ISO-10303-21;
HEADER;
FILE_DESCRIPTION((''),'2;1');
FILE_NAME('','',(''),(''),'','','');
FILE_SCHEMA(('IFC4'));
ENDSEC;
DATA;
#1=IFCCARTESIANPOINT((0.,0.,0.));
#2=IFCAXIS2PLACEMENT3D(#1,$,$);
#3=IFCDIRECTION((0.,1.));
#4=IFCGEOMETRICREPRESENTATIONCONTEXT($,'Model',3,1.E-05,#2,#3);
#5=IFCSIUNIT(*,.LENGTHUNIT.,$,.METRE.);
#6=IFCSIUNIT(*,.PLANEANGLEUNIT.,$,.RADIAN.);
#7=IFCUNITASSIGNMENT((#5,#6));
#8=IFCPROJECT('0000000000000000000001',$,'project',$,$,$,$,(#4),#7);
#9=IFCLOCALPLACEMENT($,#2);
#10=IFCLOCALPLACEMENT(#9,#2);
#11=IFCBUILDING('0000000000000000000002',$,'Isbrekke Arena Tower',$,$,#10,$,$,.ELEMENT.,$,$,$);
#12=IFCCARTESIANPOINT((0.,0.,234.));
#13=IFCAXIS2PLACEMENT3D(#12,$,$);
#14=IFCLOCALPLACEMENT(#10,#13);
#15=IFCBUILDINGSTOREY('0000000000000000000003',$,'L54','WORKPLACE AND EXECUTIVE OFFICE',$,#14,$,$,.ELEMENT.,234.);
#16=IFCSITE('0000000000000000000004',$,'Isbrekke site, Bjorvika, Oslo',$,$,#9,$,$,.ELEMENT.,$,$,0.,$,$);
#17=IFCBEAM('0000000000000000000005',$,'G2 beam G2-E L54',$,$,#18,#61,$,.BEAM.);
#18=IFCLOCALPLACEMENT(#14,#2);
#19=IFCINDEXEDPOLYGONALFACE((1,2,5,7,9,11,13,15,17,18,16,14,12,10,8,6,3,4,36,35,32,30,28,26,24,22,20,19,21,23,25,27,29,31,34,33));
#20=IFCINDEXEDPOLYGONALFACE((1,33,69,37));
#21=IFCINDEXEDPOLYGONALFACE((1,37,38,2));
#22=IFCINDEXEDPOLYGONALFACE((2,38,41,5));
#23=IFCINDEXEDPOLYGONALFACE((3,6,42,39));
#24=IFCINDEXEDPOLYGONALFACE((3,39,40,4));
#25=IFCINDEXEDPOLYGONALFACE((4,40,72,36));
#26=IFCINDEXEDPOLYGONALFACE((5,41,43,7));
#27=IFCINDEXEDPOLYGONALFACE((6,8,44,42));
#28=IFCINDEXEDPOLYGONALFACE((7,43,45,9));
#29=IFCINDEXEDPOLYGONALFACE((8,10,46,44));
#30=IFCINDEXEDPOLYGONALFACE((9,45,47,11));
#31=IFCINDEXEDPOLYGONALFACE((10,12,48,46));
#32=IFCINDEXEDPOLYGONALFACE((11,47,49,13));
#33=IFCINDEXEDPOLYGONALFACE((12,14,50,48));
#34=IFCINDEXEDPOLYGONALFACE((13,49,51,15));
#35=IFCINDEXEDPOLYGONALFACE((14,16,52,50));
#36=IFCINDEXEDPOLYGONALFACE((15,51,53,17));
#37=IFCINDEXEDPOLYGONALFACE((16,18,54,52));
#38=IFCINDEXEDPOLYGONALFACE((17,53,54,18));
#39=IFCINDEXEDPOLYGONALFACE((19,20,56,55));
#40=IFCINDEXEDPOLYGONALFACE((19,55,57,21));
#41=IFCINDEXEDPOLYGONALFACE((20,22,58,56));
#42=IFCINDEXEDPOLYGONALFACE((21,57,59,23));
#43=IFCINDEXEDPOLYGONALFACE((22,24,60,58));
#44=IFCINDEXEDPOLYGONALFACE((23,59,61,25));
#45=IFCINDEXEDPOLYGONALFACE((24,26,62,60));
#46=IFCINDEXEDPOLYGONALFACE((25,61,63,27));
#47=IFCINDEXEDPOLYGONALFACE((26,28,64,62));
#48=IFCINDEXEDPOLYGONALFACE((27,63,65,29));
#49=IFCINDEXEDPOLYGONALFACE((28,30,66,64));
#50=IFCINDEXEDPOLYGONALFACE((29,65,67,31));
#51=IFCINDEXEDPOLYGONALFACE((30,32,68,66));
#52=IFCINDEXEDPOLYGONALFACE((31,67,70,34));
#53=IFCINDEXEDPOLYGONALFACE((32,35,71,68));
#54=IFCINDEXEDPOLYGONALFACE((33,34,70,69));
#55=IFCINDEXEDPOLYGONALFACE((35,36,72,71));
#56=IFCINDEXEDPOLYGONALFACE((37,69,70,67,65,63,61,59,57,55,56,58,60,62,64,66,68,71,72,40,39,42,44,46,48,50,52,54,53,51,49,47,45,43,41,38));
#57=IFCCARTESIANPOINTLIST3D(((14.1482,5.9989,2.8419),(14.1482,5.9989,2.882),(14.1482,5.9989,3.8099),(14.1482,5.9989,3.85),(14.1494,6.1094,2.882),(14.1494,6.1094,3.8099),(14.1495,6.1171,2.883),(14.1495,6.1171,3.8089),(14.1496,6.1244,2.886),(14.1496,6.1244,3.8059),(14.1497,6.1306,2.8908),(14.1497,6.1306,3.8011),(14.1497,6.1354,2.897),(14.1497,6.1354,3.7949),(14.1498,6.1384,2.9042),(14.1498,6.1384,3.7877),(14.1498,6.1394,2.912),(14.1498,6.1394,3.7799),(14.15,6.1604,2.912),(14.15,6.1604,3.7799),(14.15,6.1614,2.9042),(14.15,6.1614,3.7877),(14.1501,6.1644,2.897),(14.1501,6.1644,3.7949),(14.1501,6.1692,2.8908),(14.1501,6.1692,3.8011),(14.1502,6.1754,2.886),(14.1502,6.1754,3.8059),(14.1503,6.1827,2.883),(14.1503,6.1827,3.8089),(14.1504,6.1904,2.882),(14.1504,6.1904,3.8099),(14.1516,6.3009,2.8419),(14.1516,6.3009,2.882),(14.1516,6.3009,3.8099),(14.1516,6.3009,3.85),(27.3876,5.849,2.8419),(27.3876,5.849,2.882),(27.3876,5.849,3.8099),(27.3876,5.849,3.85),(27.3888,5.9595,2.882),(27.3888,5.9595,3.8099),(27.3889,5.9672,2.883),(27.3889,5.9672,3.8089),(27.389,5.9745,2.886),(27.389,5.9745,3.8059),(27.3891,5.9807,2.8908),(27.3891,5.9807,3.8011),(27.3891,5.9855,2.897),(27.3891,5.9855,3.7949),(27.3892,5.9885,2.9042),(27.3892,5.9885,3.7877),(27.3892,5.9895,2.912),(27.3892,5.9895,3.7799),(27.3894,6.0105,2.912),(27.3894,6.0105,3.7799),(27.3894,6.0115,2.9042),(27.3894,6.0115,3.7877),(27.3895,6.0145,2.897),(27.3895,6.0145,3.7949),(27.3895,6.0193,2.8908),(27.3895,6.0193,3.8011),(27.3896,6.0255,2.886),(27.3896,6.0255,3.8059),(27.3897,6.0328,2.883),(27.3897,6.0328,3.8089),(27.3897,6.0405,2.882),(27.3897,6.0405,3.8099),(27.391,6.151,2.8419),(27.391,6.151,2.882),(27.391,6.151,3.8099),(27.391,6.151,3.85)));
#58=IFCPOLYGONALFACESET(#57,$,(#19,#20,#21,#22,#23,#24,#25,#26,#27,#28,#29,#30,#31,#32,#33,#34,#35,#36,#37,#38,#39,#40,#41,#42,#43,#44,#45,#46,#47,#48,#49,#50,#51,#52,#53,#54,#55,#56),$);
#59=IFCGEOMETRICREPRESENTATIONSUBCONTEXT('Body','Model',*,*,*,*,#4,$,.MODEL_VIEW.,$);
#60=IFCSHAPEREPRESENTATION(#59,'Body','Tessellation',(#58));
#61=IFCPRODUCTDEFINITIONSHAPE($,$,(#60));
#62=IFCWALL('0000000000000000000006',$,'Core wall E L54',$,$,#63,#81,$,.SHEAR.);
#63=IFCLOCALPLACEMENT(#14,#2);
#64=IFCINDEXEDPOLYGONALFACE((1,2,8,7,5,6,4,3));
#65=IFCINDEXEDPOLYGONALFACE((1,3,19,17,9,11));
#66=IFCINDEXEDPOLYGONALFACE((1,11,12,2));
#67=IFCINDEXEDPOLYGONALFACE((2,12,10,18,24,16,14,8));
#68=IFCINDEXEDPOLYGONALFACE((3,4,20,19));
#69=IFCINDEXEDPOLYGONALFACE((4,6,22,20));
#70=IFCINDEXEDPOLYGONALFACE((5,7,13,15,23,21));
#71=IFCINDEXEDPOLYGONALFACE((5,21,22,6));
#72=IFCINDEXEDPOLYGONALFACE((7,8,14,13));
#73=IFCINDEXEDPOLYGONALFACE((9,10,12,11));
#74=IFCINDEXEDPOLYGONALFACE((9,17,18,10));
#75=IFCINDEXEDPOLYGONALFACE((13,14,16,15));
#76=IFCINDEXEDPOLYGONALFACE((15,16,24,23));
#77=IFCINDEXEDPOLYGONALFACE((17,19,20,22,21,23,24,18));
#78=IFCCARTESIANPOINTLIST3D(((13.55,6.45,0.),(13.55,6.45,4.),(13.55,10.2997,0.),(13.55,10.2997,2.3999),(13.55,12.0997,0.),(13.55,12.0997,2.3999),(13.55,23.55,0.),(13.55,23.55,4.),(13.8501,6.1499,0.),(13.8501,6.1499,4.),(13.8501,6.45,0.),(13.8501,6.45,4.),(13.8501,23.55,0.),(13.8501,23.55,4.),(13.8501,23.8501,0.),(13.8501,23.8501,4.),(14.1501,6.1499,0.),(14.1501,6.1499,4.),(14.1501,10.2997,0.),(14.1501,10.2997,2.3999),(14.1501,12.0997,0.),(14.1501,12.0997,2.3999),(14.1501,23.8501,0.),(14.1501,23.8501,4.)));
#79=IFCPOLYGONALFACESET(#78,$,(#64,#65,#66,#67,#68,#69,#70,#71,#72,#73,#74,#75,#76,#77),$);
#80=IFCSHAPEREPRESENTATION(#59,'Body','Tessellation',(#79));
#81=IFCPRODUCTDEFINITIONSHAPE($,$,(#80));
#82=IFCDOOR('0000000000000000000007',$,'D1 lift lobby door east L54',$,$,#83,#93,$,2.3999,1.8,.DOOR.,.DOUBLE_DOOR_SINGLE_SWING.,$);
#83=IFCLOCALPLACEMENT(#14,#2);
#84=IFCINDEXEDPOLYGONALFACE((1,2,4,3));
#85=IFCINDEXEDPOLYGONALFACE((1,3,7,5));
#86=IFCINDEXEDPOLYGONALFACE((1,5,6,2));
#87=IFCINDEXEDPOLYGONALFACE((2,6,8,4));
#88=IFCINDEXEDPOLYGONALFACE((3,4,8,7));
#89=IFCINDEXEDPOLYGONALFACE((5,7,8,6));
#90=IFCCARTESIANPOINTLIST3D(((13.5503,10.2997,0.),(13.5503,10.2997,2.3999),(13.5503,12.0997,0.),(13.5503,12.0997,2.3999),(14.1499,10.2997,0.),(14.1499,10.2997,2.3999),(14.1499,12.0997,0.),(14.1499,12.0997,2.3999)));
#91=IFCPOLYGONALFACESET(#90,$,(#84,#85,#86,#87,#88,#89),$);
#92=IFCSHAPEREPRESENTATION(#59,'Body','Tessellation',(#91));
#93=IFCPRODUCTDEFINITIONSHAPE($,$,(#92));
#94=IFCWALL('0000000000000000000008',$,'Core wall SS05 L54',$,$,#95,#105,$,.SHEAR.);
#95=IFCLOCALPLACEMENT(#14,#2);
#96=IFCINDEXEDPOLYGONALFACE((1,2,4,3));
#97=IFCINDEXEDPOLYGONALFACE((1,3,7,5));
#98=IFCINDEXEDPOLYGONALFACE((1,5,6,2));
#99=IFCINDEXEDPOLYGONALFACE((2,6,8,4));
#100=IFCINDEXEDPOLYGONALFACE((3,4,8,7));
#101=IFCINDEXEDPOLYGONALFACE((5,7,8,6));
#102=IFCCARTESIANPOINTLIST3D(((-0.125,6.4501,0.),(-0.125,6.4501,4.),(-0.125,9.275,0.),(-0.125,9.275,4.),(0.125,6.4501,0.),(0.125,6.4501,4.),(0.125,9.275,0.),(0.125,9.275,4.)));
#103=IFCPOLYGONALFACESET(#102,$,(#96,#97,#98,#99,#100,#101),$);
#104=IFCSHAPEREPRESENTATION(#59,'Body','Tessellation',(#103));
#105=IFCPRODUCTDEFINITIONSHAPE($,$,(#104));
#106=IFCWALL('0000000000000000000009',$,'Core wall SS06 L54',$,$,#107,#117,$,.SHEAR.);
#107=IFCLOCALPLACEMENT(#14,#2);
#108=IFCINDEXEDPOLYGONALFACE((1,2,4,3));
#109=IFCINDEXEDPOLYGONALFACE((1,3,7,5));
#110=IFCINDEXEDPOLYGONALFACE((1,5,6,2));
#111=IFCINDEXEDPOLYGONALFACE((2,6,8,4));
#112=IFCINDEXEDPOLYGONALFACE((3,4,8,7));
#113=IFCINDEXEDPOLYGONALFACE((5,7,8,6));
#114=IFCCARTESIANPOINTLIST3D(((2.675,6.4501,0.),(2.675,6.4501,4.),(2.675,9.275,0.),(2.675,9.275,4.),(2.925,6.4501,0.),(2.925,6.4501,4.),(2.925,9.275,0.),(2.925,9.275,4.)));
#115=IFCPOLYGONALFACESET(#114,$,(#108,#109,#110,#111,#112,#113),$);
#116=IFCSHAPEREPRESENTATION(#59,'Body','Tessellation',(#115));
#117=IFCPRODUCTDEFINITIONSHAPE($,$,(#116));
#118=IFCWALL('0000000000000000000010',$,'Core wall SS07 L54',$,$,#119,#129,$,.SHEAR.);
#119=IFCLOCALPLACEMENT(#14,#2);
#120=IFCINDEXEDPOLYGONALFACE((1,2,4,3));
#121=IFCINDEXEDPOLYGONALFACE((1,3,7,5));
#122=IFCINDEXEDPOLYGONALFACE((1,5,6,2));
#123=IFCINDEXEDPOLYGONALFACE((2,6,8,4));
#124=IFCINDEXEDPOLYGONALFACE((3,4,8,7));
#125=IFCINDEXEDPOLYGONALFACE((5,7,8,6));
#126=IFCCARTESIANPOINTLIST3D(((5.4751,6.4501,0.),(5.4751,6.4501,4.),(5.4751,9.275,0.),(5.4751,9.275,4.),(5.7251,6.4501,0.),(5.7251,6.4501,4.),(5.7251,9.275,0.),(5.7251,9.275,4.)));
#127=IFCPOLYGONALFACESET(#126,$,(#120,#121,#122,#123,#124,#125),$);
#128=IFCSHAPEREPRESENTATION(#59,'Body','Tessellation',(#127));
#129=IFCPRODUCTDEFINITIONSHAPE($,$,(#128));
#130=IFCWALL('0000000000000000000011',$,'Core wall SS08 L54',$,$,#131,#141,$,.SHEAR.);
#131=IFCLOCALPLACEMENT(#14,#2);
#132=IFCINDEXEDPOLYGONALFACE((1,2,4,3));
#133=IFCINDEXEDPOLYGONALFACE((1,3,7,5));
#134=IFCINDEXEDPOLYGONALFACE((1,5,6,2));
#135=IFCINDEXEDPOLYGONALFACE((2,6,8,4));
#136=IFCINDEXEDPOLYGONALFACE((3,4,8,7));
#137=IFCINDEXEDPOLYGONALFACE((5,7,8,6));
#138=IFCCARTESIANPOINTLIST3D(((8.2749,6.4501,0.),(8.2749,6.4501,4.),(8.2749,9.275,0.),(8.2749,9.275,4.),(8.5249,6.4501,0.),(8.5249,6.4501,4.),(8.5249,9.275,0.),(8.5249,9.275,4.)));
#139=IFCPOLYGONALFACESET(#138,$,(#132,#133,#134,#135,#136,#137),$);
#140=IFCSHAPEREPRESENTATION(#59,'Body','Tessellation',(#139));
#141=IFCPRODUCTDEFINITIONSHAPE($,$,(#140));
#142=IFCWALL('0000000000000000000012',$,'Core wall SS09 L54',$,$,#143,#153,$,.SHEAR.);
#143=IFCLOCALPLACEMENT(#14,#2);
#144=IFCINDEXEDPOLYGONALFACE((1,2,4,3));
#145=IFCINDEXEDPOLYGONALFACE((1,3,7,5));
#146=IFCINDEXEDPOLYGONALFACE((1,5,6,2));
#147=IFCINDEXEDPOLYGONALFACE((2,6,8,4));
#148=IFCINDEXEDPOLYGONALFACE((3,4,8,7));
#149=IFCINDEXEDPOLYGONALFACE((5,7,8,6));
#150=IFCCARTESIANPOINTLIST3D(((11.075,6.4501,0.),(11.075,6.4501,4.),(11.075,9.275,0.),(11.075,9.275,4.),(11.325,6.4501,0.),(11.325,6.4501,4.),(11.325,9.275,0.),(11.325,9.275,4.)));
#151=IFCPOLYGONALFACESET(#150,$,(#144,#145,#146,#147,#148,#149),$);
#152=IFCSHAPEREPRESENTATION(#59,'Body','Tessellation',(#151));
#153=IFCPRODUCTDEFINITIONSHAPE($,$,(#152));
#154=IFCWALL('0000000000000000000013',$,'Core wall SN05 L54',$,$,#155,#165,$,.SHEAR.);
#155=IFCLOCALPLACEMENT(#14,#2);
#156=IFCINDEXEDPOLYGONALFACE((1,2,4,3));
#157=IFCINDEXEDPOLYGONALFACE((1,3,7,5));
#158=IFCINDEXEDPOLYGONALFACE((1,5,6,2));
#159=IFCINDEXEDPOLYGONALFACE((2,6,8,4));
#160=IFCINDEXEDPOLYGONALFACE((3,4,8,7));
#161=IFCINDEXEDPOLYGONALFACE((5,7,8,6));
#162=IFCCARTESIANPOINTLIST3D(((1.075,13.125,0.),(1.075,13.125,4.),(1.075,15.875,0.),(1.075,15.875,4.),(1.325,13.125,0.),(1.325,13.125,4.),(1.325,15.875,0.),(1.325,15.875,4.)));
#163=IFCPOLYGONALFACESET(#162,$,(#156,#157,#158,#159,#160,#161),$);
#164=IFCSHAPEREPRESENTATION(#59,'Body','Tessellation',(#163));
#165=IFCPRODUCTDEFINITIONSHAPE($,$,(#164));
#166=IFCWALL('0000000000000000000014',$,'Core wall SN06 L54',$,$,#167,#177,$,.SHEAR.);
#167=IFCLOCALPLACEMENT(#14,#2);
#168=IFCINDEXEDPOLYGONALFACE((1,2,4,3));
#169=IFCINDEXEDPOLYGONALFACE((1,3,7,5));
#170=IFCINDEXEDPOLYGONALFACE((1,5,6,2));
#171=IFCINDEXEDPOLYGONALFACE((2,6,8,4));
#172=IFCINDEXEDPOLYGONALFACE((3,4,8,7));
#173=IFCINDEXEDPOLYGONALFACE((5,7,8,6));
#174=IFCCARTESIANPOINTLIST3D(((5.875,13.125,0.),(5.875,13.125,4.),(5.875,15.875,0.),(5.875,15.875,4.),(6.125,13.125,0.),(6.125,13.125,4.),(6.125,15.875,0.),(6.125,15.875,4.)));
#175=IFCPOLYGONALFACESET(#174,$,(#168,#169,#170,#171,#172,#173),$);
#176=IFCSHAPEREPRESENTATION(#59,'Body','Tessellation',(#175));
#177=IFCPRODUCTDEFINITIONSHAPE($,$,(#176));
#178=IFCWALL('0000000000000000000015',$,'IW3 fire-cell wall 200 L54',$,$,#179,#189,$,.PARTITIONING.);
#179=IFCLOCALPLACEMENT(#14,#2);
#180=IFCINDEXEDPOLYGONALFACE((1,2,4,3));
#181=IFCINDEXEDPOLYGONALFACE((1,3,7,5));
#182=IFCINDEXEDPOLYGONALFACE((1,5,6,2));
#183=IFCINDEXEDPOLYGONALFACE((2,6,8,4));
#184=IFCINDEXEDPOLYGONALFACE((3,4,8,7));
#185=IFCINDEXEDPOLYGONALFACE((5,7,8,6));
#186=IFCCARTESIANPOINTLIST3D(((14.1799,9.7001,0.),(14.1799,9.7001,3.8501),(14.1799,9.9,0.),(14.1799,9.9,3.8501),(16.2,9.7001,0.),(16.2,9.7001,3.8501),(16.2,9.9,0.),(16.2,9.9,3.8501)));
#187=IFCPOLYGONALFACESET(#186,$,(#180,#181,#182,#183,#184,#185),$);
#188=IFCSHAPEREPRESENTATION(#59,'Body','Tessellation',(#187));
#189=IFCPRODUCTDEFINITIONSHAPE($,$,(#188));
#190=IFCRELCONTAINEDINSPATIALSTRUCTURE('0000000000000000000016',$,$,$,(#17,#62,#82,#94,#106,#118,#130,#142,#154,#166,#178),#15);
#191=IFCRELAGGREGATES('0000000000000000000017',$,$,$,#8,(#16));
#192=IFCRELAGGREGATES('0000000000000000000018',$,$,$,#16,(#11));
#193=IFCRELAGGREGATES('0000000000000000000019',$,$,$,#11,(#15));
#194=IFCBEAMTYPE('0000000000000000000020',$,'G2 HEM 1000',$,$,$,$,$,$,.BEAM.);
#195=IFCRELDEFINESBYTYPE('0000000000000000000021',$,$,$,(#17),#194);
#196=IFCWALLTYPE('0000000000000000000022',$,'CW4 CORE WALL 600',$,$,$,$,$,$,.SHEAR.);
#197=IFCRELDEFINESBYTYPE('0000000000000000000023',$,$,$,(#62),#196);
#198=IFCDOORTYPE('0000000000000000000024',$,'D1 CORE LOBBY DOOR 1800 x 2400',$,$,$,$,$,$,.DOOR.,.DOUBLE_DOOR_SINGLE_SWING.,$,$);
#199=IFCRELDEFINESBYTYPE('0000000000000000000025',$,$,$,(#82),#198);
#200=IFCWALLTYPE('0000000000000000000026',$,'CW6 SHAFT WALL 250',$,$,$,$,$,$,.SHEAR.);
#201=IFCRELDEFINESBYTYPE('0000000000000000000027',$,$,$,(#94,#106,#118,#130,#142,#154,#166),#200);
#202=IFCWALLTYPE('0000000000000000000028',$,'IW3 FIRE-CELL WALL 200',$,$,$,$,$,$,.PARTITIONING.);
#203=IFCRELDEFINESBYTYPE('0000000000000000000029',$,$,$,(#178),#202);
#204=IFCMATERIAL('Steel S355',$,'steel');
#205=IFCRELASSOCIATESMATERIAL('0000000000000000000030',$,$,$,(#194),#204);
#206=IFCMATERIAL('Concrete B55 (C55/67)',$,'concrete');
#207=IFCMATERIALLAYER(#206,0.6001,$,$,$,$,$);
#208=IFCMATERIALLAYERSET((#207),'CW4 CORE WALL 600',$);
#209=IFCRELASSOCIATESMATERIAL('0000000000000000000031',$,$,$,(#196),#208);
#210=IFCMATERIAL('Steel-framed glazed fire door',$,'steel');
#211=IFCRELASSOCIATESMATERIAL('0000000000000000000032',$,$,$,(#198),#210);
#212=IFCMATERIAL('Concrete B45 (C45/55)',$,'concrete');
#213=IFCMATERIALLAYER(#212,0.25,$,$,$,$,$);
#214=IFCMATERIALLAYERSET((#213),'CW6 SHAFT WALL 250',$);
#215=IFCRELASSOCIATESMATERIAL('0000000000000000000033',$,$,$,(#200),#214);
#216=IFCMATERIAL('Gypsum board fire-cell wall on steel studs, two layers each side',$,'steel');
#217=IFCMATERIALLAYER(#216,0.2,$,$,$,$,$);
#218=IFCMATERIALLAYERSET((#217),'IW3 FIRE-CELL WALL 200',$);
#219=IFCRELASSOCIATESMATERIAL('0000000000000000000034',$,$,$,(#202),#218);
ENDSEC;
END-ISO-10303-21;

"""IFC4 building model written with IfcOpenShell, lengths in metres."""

from ifc_helpers import new_model, si_unit, direction, frame, frame_2d, origin, origin_2d, place, context, subcontext, project, spatial, polyline, rectangle, i_section, outline, extrude, material, layer, layer_set, material_profile, profile_set, type_object, element, fill, save


model = new_model("IFC4")

# Units and contexts
model_context = context("Model", 3, precision=1e-05, world=origin(), true_north=direction((0.0, 1.0)))
body_context = subcontext(model_context, "Body", "Model", "MODEL_VIEW")
ifc_project = project(units=[si_unit("LENGTHUNIT", "METRE"), si_unit("PLANEANGLEUNIT", "RADIAN")], contexts=[model_context])

# Site, building, storey
site_placement = place(None, origin())
site = spatial("IfcSite", under=ifc_project, at=site_placement, Name="Isbrekke site, Bjorvika, Oslo", CompositionType="ELEMENT", RefElevation=0.0)
building_placement = place(site_placement, origin())
building = spatial("IfcBuilding", under=site, at=building_placement, Name="Isbrekke Arena Tower", CompositionType="ELEMENT")
storey_placement = place(building_placement, frame((0.0, 0.0, 234.0)))
storey = spatial("IfcBuildingStorey", under=building, at=storey_placement, Name="L54", Description="WORKPLACE AND EXECUTIVE OFFICE", CompositionType="ELEMENT", Elevation=234.0)

# Beam
ifc_material_1 = material(Name="Steel S355", Category="steel")
ifc_material_profile = material_profile(ifc_material_1, i_section(OverallWidth=0.302, OverallDepth=1.0081, WebThickness=0.021, FlangeThickness=0.04, FilletRadius=0.03, at=origin_2d()), Name="HEM 1000")
ifc_profile_set = profile_set([ifc_material_profile], Name="Steel S355")
beam_type = type_object("IfcBeamType", Name="G2 HEM 1000", PredefinedType="BEAM", material=ifc_profile_set)
beam_placement = place(storey_placement, frame((14.1499, 6.1499, 3.3459), z_axis=(0.999936, -0.011322, 0.0), x_axis=(0.011322, 0.999936, 0.0)))
element("IfcBeam", 1, at=beam_placement, inside=storey, type_object=beam_type, Name="G2 beam G2-E L54", PredefinedType="BEAM", context=body_context, shape_type="SweptSolid", body=[
    extrude(i_section(OverallWidth=0.302, OverallDepth=1.0081, WebThickness=0.021, FlangeThickness=0.04, FilletRadius=0.03, at=origin_2d()), origin(), (0.0, 0.0, 1.0), 13.2402),
])

# Wall, opening, door
ifc_material_2 = material(Name="Concrete B55 (C55/67)", Category="concrete")
ifc_layer_1 = layer(ifc_material_2, 0.6001)
ifc_layer_set_1 = layer_set([ifc_layer_1], Name="CW4 CORE WALL 600")
wall_type_1 = type_object("IfcWallType", Name="CW4 CORE WALL 600", PredefinedType="SHEAR", material=ifc_layer_set_1)
wall_1_placement = place(storey_placement, frame((13.8501, 6.1499, 0.0), z_axis=(0.0, 0.0, 1.0), x_axis=(0.0, 1.0, 0.0)))
wall_1 = element("IfcWall", 2, at=wall_1_placement, inside=storey, type_object=wall_type_1, Name="Core wall E L54", PredefinedType="SHEAR", context=body_context, shape_type="SweptSolid", body=[
    extrude(outline(polyline([(0.0, -0.3), (17.7002, -0.3), (17.7002, 0.0), (17.4001, 0.0), (17.4001, 0.3), (0.3, 0.3), (0.3, 0.0), (0.0, 0.0), (0.0, -0.3)])), origin(), (0.0, 0.0, 1.0), 4.0),
])
opening_1_placement = place(wall_1_placement, frame((4.1499, 0.0, 0.0)))
opening_1 = element("IfcOpeningElement", 3, at=opening_1_placement, cuts=wall_1, PredefinedType="OPENING", context=body_context, shape_type="SweptSolid", body=[
    extrude(rectangle(XDim=1.8, YDim=2.3999, at=frame_2d((0.8999, 1.2))), frame((0.0, 0.3149, 0.0), z_axis=(0.0, -1.0, 0.0), x_axis=(1.0, 0.0, 0.0)), (0.0, 0.0, 1.0), 0.6299),
])
ifc_material_3 = material(Name="Steel-framed glazed fire door", Category="steel")
door_type_1 = type_object("IfcDoorType", Name="D1 CORE LOBBY DOOR 1800 x 2400", OperationType="DOUBLE_DOOR_SINGLE_SWING", PredefinedType="DOOR", material=ifc_material_3)
door_1_placement = place(opening_1_placement, origin())
door_1 = element("IfcDoor", 4, at=door_1_placement, inside=storey, type_object=door_type_1, Name="D1 lift lobby door east L54", OperationType="DOUBLE_DOOR_SINGLE_SWING", OverallHeight=2.3999, OverallWidth=1.8, PredefinedType="DOOR", context=body_context, shape_type="SweptSolid", body=[
    extrude(rectangle(XDim=1.8, YDim=2.3999, at=frame_2d((0.8999, 1.2))), frame((0.0, 0.2998, 0.0), z_axis=(0.0, -1.0, 0.0), x_axis=(1.0, 0.0, 0.0)), (0.0, 0.0, 1.0), 0.5996),
])
fill(opening_1, door_1)

# Walls
ifc_material_4 = material(Name="Concrete B45 (C45/55)", Category="concrete")
ifc_layer_2 = layer(ifc_material_4, 0.25)
ifc_layer_set_2 = layer_set([ifc_layer_2], Name="CW6 SHAFT WALL 250")
wall_type_2 = type_object("IfcWallType", Name="CW6 SHAFT WALL 250", PredefinedType="SHEAR", material=ifc_layer_set_2)
for number, where, z_axis, x_axis, name in (
    (5, (0.0, 6.45, 0.0), (0.0, 0.0, 1.0), (0.0, 1.0, 0.0), "Core wall SS05 L54"),
    (6, (2.8, 6.45, 0.0), (0.0, 0.0, 1.0), (0.0, 1.0, 0.0), "Core wall SS06 L54"),
    (7, (5.6001, 6.45, 0.0), (0.0, 0.0, 1.0), (0.0, 1.0, 0.0), "Core wall SS07 L54"),
    (8, (8.3999, 6.45, 0.0), (0.0, 0.0, 1.0), (0.0, 1.0, 0.0), "Core wall SS08 L54"),
    (9, (11.2, 6.45, 0.0), (0.0, 0.0, 1.0), (0.0, 1.0, 0.0), "Core wall SS09 L54"),
):
    element("IfcWall", number, at=place(storey_placement, frame(where, z_axis=z_axis, x_axis=x_axis)), inside=storey, type_object=wall_type_2, Name=name, PredefinedType="SHEAR", context=body_context, shape_type="SweptSolid", body=[
        extrude(rectangle(XDim=2.825, YDim=0.25, at=frame_2d((1.4126, 0.0))), origin(), (0.0, 0.0, 1.0), 4.0),
    ])
for number, where, z_axis, x_axis, name in (
    (10, (1.2, 13.125, 0.0), (0.0, 0.0, 1.0), (0.0, 1.0, 0.0), "Core wall SN05 L54"),
    (11, (6.0, 13.125, 0.0), (0.0, 0.0, 1.0), (0.0, 1.0, 0.0), "Core wall SN06 L54"),
):
    element("IfcWall", number, at=place(storey_placement, frame(where, z_axis=z_axis, x_axis=x_axis)), inside=storey, type_object=wall_type_2, Name=name, PredefinedType="SHEAR", context=body_context, shape_type="SweptSolid", body=[
        extrude(rectangle(XDim=2.75, YDim=0.25, at=frame_2d((1.375, 0.0))), origin(), (0.0, 0.0, 1.0), 4.0),
    ])
ifc_material_5 = material(Name="Gypsum board fire-cell wall on steel studs, two layers each side", Category="steel")
ifc_layer_3 = layer(ifc_material_5, 0.2)
ifc_layer_set_3 = layer_set([ifc_layer_3], Name="IW3 FIRE-CELL WALL 200")
wall_type_3 = type_object("IfcWallType", Name="IW3 FIRE-CELL WALL 200", PredefinedType="PARTITIONING", material=ifc_layer_set_3)
wall_2_placement = place(storey_placement, frame((14.1799, 9.8, 0.0), z_axis=(0.0, 0.0, 1.0), x_axis=(1.0, 0.0, 0.0)))
element("IfcWall", 12, at=wall_2_placement, inside=storey, type_object=wall_type_3, Name="IW3 fire-cell wall 200 L54", PredefinedType="PARTITIONING", context=body_context, shape_type="SweptSolid", body=[
    extrude(rectangle(XDim=2.02, YDim=0.2, at=frame_2d((1.01, 0.0))), origin(), (0.0, 0.0, 1.0), 3.8501),
])

save(model, "model.ifc")
